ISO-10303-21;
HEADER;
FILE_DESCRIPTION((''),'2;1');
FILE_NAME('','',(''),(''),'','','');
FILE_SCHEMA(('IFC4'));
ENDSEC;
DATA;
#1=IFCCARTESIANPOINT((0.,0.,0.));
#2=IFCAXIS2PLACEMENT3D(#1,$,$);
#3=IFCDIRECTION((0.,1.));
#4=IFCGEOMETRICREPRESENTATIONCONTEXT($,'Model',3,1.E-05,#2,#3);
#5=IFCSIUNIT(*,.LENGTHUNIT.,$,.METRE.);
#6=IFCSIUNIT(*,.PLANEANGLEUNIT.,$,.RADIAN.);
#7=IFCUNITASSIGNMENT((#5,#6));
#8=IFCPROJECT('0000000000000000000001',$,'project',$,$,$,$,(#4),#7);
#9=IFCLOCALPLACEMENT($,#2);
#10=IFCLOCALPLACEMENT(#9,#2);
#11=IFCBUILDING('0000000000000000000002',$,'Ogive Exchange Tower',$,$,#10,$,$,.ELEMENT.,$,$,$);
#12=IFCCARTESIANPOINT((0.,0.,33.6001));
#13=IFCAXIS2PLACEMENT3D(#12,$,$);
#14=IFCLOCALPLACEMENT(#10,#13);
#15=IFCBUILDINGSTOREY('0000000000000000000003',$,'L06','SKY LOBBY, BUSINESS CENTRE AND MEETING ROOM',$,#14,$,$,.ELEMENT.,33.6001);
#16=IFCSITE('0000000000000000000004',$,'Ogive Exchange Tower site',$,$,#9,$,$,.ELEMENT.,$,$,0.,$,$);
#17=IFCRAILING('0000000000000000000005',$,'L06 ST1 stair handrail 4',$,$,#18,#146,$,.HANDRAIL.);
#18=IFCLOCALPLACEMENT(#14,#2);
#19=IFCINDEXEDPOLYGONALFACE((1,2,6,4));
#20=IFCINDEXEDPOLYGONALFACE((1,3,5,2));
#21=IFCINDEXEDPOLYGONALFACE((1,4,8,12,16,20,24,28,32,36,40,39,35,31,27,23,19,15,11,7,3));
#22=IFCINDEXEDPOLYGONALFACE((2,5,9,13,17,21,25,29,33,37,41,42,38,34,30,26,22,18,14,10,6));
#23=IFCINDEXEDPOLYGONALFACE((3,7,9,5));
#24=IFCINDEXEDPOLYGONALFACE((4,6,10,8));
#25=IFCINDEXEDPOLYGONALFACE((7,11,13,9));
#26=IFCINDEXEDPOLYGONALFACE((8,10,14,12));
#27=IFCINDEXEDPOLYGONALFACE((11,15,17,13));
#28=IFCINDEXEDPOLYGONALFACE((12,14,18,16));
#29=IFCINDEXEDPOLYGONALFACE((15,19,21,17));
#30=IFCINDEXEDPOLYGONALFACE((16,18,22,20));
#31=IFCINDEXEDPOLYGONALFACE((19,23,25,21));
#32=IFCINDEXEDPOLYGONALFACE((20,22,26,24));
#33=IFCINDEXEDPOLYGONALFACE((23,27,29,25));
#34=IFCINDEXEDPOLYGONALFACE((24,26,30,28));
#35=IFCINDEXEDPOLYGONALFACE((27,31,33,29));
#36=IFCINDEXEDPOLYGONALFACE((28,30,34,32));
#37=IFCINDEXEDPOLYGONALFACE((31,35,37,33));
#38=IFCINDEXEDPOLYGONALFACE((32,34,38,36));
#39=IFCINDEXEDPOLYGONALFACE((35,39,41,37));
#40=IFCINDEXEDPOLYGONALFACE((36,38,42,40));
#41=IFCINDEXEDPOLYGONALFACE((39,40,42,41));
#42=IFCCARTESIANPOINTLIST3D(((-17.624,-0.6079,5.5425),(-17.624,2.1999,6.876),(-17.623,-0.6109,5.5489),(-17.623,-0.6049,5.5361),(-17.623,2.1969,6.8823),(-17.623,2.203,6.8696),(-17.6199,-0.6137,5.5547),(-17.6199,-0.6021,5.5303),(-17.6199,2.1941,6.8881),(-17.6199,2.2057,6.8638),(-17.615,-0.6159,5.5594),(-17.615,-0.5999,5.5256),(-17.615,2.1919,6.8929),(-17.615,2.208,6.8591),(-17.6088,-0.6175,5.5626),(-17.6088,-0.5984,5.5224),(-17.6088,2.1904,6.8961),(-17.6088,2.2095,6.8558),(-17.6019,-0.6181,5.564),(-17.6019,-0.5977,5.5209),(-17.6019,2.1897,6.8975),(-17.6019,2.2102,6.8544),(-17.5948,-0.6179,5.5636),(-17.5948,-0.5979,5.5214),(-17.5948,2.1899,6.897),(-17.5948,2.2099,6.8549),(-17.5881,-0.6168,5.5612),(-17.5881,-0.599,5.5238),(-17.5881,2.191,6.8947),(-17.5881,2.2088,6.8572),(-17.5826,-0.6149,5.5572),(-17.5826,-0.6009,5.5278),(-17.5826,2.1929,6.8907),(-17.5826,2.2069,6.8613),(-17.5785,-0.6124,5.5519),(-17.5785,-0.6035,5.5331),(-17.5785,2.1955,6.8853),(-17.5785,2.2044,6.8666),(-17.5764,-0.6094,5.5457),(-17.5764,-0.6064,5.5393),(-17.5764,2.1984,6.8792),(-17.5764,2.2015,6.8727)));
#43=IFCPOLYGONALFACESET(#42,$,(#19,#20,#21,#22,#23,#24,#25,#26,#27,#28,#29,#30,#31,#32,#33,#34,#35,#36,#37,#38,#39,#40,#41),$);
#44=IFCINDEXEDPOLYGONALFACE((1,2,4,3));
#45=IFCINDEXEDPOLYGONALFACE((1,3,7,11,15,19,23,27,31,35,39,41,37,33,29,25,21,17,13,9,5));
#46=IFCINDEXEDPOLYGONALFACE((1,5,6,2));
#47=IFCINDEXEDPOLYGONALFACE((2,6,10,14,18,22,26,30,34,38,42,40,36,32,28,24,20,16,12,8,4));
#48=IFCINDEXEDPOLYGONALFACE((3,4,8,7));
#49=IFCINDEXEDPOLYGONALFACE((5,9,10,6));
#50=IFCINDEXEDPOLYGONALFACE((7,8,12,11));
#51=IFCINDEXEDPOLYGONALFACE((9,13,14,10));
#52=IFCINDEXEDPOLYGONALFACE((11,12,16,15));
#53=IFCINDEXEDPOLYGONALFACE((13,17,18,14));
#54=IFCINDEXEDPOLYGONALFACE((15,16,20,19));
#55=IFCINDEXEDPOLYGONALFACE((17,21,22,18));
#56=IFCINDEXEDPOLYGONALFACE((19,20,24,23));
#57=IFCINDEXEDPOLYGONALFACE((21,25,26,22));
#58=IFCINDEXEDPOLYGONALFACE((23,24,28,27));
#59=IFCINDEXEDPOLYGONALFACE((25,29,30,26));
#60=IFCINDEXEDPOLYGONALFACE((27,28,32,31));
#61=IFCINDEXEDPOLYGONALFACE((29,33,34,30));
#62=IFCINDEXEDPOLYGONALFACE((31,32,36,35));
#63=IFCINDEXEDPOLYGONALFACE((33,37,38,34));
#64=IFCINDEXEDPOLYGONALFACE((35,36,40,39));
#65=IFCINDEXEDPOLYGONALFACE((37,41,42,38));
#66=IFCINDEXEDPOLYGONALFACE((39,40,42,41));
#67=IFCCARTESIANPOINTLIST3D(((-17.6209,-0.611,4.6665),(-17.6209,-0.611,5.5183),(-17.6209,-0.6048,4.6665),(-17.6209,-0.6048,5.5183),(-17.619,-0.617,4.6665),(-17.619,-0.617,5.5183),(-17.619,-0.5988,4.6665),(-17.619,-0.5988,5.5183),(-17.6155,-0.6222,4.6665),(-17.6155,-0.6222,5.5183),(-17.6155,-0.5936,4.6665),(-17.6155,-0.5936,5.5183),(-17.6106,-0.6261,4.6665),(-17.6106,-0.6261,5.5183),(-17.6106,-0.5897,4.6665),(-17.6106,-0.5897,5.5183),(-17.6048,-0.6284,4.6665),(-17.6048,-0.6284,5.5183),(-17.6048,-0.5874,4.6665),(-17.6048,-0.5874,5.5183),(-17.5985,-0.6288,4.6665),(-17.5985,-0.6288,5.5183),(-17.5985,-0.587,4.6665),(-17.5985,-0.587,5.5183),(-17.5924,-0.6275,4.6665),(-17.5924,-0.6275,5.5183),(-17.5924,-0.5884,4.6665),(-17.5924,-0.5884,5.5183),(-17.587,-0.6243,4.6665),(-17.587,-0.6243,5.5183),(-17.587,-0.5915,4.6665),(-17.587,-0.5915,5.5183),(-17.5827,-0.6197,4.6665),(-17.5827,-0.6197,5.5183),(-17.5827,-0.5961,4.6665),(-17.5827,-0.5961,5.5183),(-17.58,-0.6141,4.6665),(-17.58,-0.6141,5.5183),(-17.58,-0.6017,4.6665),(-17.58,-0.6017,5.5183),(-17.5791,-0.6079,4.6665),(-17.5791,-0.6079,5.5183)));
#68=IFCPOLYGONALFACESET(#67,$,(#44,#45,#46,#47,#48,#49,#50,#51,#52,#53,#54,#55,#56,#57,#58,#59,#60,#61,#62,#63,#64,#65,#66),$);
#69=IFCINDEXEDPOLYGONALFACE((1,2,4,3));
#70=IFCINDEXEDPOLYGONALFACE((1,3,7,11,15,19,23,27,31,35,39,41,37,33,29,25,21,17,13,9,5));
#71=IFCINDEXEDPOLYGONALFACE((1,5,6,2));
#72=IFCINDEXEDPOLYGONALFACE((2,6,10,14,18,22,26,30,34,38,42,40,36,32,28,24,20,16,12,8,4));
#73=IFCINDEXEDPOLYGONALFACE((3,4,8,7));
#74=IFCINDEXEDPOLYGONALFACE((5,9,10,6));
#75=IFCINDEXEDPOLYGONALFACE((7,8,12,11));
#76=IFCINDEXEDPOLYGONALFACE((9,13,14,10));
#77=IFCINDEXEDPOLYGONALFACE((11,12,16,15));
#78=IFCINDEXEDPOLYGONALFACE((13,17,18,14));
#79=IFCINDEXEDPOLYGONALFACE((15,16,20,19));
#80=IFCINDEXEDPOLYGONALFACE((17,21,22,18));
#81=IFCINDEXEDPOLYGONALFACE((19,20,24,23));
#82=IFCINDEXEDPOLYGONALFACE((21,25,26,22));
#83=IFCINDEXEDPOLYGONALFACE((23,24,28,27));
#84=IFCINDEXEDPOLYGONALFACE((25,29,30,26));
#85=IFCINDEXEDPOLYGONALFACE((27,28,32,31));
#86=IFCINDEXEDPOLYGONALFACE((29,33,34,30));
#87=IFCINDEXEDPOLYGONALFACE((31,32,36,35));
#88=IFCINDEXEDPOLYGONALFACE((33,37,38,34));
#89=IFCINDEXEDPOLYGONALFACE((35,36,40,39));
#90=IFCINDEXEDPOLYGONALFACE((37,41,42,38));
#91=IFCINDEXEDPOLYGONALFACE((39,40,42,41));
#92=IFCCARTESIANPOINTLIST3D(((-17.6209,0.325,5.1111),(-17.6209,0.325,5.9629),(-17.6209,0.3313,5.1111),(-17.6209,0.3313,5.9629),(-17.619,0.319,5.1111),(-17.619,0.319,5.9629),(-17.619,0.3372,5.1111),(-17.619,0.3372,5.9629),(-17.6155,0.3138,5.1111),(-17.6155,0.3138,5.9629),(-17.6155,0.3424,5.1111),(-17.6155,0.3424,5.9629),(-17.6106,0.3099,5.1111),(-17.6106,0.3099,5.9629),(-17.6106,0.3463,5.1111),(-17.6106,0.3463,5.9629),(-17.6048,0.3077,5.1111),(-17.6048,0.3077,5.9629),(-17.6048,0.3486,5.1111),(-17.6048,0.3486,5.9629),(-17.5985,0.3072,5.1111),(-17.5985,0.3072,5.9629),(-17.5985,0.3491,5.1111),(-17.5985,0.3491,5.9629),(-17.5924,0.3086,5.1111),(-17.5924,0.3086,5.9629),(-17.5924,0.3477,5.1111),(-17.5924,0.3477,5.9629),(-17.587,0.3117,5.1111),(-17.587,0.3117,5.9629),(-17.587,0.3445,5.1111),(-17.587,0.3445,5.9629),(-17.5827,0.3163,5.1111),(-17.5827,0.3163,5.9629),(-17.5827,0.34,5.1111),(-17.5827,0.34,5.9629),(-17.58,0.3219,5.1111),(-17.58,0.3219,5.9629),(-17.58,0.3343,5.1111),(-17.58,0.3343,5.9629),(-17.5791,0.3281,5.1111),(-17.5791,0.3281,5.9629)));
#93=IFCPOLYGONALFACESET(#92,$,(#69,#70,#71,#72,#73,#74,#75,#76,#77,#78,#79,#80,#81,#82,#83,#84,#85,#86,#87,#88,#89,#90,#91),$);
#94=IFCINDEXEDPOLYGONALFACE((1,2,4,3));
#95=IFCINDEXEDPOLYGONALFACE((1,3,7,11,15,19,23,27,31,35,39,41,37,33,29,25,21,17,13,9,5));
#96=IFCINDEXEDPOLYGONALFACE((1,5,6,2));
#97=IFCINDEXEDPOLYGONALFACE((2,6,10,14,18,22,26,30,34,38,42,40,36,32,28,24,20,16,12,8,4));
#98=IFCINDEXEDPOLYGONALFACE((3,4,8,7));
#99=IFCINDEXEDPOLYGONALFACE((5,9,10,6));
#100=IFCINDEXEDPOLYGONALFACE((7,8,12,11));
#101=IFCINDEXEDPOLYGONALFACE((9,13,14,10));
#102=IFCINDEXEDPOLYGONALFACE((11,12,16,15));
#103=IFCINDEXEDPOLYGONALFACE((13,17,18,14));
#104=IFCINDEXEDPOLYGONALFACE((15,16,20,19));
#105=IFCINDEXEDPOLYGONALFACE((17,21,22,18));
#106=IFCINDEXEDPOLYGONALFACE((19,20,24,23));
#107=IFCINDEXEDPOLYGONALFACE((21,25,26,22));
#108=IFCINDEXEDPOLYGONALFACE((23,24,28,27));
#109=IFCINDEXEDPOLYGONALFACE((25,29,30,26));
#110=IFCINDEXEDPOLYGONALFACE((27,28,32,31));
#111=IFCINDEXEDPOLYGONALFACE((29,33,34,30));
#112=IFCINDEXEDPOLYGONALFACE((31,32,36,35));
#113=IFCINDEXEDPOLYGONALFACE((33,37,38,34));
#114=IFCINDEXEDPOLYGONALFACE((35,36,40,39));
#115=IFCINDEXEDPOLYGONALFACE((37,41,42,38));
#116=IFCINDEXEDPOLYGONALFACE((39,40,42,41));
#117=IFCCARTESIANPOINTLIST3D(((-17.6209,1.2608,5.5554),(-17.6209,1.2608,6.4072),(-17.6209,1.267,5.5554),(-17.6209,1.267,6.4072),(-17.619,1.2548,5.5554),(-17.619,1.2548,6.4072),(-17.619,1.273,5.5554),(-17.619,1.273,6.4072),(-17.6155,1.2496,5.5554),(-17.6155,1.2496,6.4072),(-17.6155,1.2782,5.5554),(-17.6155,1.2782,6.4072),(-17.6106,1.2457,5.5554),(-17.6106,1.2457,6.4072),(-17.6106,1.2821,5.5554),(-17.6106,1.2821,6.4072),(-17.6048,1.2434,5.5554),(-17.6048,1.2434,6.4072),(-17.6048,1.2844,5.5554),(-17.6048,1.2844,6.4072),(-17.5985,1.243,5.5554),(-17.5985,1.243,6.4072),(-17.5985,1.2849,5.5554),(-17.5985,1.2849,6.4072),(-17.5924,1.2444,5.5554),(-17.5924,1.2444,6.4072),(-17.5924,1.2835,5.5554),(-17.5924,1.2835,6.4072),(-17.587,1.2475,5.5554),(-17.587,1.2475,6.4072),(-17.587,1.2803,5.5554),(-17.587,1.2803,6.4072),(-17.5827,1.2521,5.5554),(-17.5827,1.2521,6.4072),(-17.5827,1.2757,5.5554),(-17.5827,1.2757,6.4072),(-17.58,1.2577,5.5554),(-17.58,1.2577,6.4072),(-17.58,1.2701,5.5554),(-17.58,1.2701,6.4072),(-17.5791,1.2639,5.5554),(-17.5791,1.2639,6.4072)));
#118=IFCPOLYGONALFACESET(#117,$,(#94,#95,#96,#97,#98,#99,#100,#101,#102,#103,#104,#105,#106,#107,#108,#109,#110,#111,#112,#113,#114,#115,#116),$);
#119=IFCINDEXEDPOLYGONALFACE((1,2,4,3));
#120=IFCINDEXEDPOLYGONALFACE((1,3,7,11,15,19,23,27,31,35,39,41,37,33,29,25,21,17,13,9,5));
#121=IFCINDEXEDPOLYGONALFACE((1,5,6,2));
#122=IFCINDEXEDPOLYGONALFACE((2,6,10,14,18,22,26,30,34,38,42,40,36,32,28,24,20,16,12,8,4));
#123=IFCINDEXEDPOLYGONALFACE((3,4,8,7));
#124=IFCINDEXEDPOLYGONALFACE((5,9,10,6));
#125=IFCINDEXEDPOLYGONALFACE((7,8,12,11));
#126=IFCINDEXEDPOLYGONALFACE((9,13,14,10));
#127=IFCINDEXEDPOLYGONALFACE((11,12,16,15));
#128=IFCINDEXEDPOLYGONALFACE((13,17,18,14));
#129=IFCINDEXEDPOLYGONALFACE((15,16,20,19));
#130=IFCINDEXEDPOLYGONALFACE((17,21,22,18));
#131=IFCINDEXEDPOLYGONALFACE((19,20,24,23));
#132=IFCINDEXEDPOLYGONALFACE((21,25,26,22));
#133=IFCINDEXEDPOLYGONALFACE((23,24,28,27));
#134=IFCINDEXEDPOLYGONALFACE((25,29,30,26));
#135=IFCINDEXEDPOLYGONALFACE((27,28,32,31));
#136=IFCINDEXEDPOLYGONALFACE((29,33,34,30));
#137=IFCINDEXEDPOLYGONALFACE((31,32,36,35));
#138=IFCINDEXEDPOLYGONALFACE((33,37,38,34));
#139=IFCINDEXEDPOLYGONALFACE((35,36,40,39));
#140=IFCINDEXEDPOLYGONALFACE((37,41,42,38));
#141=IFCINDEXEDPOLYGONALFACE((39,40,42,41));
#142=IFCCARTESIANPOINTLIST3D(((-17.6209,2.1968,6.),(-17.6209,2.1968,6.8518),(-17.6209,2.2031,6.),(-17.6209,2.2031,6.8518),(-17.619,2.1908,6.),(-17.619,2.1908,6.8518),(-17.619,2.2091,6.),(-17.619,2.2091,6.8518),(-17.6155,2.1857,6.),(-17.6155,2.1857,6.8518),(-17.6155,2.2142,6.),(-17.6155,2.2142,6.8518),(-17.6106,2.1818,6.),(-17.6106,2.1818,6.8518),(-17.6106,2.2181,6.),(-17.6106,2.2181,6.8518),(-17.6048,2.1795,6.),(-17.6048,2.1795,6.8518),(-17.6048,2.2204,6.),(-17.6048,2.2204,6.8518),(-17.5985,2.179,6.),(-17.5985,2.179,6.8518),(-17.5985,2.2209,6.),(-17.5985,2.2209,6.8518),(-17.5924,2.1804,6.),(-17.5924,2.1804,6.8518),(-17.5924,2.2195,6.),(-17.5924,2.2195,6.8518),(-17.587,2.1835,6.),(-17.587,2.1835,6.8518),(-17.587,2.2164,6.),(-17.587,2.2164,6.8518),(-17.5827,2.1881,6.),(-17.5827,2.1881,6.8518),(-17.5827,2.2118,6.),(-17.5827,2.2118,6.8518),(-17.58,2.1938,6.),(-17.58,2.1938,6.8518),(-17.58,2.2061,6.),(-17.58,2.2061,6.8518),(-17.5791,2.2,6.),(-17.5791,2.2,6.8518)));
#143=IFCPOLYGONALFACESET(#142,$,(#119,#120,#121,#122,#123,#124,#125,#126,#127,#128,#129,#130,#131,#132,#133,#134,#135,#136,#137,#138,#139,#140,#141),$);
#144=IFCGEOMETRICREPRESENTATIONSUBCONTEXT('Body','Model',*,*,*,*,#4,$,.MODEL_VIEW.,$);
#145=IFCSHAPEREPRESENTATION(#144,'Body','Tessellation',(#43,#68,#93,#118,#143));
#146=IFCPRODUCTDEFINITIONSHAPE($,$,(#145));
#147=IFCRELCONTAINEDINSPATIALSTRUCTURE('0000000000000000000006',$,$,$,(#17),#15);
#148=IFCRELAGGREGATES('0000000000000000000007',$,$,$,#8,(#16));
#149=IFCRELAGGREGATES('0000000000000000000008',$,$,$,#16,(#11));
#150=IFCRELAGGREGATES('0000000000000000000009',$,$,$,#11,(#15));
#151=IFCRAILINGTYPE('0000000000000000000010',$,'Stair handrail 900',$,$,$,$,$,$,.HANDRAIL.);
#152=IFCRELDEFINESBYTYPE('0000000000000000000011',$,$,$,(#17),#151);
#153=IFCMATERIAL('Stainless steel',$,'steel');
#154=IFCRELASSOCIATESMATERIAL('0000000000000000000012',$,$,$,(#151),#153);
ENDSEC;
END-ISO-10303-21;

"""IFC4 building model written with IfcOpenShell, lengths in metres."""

from ifc_helpers import new_model, si_unit, direction, frame, origin, origin_2d, place, context, subcontext, project, spatial, circle, extrude, material, type_object, element, save


model = new_model("IFC4")

# Units and contexts
model_context = context("Model", 3, precision=1e-05, world=origin(), true_north=direction((0.0, 1.0)))
body_context = subcontext(model_context, "Body", "Model", "MODEL_VIEW")
ifc_project = project(units=[si_unit("LENGTHUNIT", "METRE"), si_unit("PLANEANGLEUNIT", "RADIAN")], contexts=[model_context])

# Site, building, storey
site_placement = place(None, origin())
site = spatial("IfcSite", under=ifc_project, at=site_placement, Name="Ogive Exchange Tower site", CompositionType="ELEMENT", RefElevation=0.0)
building_placement = place(site_placement, origin())
building = spatial("IfcBuilding", under=site, at=building_placement, Name="Ogive Exchange Tower", CompositionType="ELEMENT")
storey_placement = place(building_placement, frame((0.0, 0.0, 33.6001)))
storey = spatial("IfcBuildingStorey", under=building, at=storey_placement, Name="L06", Description="SKY LOBBY, BUSINESS CENTRE AND MEETING ROOM", CompositionType="ELEMENT", Elevation=33.6001)

# Railing
ifc_material_1 = material(Name="Stainless steel", Category="steel")
railing_type = type_object("IfcRailingType", Name="Stair handrail 900", PredefinedType="HANDRAIL", material=ifc_material_1)
railing_placement = place(storey_placement, frame((-17.6001, -0.6079, 4.6665)))
element("IfcRailing", 1, at=railing_placement, inside=storey, type_object=railing_type, Name="L06 ST1 stair handrail 4", PredefinedType="HANDRAIL", context=body_context, shape_type="SweptSolid", body=[
    extrude(circle(Radius=0.0239, at=origin_2d()), frame((0.0, 0.0, 0.876), z_axis=(0.0, 0.903307, 0.428994), x_axis=(-1.0, 0.0, 0.0)), (0.0, 0.0, 1.0), 3.1084),
    extrude(circle(Radius=0.021, at=origin_2d()), origin(), (0.0, 0.0, 1.0), 0.8518),
    extrude(circle(Radius=0.021, at=origin_2d()), frame((0.0, 0.936, 0.4446)), (0.0, 0.0, 1.0), 0.8518),
    extrude(circle(Radius=0.021, at=origin_2d()), frame((0.0, 1.8718, 0.8889)), (0.0, 0.0, 1.0), 0.8518),
    extrude(circle(Radius=0.021, at=origin_2d()), frame((0.0, 2.8079, 1.3335)), (0.0, 0.0, 1.0), 0.8518),
])

save(model, "model.ifc")
